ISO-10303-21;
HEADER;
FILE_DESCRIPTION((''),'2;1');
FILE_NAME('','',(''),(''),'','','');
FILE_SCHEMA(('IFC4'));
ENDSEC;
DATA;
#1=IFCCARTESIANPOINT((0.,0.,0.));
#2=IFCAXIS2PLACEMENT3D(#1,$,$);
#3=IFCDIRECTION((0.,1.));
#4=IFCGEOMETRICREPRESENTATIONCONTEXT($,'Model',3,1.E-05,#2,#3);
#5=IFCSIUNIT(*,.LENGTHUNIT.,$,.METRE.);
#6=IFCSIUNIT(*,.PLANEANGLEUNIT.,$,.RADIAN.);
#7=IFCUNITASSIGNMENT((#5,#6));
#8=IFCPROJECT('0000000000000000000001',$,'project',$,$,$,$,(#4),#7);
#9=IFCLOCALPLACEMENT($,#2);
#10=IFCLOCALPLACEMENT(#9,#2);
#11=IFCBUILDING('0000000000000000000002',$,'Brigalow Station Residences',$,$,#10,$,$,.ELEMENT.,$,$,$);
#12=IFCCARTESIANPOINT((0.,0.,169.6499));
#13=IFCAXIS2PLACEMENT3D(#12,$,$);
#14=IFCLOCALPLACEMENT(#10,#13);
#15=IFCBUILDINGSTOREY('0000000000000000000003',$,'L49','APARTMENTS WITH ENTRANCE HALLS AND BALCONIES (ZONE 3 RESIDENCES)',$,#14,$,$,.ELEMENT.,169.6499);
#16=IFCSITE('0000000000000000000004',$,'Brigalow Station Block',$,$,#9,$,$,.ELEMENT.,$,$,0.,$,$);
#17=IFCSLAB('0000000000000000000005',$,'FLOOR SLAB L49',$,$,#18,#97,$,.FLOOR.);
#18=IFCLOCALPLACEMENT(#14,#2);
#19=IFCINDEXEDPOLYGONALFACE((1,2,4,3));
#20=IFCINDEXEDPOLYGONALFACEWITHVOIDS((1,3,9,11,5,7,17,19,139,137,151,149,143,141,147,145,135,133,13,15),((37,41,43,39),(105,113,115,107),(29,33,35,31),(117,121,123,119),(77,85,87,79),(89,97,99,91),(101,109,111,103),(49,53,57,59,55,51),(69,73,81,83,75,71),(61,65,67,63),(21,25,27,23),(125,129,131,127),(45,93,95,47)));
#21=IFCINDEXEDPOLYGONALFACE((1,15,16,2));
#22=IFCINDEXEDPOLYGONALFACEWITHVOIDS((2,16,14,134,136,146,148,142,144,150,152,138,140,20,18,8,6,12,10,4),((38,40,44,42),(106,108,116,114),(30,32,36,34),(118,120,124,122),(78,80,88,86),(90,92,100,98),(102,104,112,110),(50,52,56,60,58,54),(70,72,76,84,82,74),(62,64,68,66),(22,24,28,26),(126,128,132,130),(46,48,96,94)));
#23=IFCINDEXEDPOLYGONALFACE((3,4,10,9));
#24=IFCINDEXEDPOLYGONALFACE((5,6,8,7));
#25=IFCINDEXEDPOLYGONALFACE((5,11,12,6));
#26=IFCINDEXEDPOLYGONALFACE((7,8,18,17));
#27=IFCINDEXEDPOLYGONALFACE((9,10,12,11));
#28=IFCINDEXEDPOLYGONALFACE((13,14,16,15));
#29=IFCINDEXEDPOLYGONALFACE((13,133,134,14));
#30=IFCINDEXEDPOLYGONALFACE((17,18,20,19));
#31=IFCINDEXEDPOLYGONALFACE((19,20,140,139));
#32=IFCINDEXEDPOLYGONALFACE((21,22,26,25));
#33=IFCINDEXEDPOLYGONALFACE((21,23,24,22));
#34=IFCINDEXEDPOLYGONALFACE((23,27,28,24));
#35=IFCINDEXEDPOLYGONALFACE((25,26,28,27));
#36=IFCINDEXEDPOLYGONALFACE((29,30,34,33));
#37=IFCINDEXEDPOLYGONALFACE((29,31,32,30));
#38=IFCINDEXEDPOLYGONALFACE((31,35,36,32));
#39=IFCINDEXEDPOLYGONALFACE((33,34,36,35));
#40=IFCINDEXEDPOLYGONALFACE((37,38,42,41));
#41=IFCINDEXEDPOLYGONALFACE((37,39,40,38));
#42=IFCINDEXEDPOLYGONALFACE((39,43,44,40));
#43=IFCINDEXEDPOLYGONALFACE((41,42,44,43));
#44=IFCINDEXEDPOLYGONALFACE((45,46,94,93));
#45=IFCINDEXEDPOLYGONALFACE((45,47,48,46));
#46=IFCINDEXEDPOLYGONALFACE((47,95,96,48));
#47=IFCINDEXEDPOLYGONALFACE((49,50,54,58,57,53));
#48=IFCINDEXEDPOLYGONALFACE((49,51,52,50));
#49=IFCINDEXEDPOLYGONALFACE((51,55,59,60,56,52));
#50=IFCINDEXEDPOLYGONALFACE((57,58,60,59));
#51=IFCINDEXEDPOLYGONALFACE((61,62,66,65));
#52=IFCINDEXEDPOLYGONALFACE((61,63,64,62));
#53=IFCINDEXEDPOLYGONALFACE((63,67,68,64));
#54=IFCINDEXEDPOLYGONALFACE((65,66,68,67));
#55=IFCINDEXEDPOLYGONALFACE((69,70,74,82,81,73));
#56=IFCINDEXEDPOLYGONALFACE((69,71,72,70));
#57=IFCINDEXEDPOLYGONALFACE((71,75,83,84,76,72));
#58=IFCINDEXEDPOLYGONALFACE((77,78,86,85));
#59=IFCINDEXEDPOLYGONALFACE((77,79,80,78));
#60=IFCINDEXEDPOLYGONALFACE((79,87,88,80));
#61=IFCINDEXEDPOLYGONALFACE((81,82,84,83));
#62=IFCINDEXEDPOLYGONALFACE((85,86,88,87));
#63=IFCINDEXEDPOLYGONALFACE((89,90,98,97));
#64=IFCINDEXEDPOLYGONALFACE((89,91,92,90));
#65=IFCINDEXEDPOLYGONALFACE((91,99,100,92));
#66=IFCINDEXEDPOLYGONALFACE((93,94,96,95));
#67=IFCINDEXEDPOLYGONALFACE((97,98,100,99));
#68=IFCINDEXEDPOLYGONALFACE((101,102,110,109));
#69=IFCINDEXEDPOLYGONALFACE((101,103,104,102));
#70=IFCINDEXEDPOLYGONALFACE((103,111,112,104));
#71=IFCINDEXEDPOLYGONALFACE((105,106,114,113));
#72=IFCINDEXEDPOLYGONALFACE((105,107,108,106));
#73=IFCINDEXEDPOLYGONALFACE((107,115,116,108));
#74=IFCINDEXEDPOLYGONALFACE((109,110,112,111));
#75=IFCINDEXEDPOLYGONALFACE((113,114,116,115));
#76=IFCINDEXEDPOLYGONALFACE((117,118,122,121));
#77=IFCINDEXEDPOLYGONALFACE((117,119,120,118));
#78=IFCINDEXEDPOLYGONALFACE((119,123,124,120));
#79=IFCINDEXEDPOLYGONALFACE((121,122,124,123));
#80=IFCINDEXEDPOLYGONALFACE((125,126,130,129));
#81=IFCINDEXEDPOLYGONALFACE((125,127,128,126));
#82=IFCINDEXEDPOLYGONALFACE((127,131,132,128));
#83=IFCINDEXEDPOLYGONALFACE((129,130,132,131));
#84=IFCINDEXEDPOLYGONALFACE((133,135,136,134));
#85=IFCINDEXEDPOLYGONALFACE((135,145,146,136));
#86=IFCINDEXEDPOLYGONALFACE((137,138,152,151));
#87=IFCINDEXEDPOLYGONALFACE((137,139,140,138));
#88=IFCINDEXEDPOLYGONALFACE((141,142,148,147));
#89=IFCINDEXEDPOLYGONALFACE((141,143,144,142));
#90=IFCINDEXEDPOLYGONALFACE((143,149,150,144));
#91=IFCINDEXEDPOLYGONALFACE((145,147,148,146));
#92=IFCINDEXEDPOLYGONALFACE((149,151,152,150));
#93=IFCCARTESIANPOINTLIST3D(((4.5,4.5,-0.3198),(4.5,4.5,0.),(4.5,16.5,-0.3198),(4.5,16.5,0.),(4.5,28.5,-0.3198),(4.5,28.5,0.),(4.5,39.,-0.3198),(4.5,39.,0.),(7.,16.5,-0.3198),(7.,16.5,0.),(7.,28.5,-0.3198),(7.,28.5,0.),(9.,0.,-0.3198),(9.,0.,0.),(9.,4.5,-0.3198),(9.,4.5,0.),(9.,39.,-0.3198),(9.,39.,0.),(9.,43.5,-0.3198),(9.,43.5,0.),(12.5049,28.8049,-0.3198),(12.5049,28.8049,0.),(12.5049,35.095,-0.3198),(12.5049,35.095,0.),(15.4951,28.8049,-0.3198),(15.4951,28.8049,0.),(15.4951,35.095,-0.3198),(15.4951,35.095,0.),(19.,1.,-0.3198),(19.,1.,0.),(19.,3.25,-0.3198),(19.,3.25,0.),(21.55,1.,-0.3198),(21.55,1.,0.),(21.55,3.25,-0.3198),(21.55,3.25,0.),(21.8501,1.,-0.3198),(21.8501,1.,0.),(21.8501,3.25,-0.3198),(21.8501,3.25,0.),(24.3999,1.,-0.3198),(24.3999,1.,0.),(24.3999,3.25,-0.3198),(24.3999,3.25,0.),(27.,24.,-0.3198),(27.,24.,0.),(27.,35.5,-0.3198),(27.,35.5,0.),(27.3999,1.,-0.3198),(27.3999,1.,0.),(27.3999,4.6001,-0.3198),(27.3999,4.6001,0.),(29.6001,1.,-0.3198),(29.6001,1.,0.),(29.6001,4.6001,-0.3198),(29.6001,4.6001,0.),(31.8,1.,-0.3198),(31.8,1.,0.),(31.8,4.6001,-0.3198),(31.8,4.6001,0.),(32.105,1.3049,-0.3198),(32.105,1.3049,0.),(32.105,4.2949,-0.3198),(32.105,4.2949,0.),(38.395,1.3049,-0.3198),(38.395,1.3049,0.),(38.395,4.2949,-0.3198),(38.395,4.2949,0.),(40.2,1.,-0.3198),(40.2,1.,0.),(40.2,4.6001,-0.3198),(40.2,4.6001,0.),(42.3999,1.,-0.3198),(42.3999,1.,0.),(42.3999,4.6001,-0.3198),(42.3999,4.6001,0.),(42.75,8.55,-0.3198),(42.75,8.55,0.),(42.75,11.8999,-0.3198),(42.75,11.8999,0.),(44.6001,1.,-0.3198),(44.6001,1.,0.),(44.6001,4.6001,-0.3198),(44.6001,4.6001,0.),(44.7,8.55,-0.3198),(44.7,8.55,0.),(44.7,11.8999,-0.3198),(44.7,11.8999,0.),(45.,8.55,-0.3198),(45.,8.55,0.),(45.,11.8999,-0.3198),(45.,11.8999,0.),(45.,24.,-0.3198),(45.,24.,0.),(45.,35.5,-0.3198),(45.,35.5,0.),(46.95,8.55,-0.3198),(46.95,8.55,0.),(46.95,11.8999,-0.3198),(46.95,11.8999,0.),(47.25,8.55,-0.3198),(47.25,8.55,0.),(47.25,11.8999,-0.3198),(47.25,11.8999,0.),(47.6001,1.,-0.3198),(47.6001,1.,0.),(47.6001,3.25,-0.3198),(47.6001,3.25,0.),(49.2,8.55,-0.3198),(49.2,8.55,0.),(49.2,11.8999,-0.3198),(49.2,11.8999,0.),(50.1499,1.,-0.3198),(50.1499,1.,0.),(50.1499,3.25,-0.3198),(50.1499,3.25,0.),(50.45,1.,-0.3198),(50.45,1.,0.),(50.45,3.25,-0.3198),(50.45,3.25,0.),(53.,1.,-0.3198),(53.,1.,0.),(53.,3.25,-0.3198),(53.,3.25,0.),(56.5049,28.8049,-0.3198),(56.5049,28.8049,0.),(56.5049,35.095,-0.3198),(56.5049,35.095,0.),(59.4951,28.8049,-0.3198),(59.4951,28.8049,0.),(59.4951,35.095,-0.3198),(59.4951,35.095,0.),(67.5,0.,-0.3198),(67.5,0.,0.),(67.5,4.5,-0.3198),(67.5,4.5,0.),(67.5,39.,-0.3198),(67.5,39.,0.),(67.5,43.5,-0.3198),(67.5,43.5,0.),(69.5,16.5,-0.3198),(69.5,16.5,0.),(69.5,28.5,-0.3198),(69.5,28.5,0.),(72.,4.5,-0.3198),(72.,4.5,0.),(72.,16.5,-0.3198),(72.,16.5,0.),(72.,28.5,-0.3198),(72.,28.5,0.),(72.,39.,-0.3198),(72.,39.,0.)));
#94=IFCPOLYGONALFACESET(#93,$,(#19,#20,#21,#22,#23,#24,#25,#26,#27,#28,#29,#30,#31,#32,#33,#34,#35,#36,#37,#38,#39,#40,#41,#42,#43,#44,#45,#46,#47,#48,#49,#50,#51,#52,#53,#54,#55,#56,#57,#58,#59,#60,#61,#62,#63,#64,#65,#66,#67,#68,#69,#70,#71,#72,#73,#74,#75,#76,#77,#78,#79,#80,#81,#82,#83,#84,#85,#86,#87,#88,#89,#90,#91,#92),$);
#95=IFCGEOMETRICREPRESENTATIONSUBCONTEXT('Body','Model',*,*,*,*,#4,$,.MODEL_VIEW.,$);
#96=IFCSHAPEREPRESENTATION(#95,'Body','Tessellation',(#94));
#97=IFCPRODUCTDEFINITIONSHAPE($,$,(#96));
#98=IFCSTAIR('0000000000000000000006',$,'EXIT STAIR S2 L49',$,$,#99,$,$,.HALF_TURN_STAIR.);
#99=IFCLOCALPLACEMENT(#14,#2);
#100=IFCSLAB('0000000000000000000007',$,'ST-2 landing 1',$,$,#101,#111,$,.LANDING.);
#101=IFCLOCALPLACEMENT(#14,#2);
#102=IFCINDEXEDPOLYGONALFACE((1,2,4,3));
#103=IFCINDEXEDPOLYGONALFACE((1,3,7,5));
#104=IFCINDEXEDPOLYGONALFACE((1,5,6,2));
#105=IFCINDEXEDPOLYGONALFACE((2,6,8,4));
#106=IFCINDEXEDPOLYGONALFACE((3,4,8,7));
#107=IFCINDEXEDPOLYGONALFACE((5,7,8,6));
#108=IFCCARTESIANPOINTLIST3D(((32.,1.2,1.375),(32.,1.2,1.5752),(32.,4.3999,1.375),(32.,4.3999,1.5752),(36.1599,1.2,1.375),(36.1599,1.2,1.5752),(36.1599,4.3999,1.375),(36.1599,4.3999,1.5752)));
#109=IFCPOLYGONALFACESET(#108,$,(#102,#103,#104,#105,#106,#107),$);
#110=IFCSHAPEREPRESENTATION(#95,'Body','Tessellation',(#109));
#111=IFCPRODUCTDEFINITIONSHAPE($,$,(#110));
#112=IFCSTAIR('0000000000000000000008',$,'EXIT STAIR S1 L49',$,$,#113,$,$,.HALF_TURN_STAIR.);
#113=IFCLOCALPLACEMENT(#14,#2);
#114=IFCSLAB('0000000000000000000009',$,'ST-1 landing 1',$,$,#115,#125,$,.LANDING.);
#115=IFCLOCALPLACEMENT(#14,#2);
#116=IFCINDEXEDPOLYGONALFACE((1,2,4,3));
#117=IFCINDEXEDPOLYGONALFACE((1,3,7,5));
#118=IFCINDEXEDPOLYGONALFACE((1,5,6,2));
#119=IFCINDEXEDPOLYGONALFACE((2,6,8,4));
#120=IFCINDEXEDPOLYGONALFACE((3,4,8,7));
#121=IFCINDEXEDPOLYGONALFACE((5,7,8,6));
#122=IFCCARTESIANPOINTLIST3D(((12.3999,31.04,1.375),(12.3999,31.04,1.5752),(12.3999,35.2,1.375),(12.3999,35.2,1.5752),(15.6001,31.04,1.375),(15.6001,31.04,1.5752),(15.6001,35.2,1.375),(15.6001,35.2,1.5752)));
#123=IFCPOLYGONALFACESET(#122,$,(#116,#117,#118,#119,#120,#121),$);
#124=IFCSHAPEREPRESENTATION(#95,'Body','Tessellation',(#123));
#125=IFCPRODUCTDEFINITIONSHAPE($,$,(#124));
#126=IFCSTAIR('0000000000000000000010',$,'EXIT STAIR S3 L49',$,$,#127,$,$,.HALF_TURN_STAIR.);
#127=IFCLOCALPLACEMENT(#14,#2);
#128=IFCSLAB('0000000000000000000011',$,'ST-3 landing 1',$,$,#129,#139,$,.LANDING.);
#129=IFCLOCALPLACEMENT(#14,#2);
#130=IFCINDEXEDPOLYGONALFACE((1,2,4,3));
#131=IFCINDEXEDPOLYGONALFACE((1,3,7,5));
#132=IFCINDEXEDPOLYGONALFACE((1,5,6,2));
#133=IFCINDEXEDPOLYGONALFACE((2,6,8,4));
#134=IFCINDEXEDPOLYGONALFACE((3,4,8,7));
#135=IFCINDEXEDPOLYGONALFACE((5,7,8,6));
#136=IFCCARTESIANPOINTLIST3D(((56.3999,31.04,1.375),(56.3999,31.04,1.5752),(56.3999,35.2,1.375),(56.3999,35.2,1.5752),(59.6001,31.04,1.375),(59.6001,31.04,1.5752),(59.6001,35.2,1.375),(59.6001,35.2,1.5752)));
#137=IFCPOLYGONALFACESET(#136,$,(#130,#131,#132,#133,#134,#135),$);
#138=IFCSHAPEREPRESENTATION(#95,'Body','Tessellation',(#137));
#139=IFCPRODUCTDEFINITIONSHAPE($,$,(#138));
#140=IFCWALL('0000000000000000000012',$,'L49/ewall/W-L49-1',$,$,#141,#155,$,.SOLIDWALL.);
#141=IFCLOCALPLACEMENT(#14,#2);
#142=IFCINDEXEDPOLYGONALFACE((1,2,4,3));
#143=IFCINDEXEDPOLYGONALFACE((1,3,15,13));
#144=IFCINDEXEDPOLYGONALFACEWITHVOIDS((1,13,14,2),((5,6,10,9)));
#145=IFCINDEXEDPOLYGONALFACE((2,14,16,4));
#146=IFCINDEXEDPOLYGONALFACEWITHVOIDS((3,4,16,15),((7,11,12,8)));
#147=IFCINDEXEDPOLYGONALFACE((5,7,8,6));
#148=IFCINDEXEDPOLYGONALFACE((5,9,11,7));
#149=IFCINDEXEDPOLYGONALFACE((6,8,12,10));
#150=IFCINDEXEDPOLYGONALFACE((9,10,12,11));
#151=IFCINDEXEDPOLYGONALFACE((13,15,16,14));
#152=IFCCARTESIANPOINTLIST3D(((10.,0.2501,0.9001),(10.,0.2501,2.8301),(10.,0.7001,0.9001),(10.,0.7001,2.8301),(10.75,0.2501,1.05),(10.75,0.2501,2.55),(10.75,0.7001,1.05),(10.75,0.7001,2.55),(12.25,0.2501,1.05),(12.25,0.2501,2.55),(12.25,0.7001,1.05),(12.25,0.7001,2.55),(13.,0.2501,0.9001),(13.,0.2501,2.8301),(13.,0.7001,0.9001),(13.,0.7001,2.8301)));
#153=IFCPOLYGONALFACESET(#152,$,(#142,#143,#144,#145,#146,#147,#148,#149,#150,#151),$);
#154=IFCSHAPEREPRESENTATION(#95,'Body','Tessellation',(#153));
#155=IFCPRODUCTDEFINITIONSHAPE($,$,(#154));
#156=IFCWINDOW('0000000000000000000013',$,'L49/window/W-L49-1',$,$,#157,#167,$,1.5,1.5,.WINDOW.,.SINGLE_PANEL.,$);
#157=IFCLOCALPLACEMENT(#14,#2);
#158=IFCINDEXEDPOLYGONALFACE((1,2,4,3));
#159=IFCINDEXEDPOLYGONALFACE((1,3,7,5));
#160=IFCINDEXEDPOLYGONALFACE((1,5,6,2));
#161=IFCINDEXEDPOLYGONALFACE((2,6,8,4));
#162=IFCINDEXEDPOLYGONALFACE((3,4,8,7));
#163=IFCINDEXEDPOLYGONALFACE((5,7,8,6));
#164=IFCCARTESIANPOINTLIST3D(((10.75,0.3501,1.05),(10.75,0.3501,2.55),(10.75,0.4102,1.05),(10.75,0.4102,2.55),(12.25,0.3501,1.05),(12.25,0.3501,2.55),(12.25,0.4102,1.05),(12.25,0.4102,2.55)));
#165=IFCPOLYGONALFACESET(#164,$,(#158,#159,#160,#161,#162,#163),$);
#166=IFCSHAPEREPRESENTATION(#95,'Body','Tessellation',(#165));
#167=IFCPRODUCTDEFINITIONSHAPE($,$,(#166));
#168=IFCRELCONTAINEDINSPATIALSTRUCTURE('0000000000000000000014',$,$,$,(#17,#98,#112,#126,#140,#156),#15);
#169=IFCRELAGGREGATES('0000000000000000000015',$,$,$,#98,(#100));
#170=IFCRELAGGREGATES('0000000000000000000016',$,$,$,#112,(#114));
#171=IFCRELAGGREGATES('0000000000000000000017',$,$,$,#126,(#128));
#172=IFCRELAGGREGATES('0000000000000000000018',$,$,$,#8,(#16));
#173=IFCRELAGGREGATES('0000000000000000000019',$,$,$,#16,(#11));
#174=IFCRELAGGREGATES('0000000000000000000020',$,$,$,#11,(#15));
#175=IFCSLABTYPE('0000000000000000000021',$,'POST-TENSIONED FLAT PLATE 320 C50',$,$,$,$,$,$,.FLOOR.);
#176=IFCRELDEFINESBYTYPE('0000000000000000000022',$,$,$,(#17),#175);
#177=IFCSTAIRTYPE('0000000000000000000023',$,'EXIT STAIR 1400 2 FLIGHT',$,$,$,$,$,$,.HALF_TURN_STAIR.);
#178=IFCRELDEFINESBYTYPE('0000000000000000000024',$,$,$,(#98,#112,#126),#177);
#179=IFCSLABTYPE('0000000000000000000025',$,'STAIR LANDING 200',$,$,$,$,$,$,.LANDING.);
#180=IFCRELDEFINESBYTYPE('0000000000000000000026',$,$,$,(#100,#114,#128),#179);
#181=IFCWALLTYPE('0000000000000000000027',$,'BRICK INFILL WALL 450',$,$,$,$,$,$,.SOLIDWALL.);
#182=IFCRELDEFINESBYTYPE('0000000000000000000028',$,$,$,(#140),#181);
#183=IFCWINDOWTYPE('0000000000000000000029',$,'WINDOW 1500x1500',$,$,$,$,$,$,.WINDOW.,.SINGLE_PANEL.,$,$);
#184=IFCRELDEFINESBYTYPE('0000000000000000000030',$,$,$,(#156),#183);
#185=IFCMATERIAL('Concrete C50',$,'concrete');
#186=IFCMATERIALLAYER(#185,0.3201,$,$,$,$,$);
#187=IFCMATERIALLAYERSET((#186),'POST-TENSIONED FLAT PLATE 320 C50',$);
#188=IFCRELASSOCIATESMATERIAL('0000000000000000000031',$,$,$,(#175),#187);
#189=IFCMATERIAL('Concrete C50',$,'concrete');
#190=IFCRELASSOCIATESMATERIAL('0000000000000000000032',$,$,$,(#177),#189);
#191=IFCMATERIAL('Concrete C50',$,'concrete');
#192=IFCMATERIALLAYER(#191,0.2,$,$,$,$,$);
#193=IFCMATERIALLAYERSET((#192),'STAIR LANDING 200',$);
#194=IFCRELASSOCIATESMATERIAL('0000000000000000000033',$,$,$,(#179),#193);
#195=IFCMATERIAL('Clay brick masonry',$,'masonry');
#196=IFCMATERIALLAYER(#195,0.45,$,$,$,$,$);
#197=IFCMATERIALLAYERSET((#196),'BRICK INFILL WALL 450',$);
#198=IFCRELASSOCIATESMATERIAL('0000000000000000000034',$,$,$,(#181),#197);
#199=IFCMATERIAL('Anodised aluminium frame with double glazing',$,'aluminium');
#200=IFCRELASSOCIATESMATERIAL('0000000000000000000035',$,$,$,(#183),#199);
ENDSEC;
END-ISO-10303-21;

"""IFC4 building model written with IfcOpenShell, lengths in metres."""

from ifc_helpers import new_model, si_unit, direction, frame, frame_2d, origin, place, context, subcontext, project, spatial, polyline, rectangle, outline, extrude, material, layer, layer_set, type_object, element, fill, aggregate, save


model = new_model("IFC4")

# Units and contexts
model_context = context("Model", 3, precision=1e-05, world=origin(), true_north=direction((0.0, 1.0)))
body_context = subcontext(model_context, "Body", "Model", "MODEL_VIEW")
ifc_project = project(units=[si_unit("LENGTHUNIT", "METRE"), si_unit("PLANEANGLEUNIT", "RADIAN")], contexts=[model_context])

# Site, building, storey
site_placement = place(None, origin())
site = spatial("IfcSite", under=ifc_project, at=site_placement, Name="Brigalow Station Block", CompositionType="ELEMENT", RefElevation=0.0)
building_placement = place(site_placement, origin())
building = spatial("IfcBuilding", under=site, at=building_placement, Name="Brigalow Station Residences", CompositionType="ELEMENT")
storey_placement = place(building_placement, frame((0.0, 0.0, 169.6499)))
storey = spatial("IfcBuildingStorey", under=building, at=storey_placement, Name="L49", Description="APARTMENTS WITH ENTRANCE HALLS AND BALCONIES (ZONE 3 RESIDENCES)", CompositionType="ELEMENT", Elevation=169.6499)

# Slab
ifc_material_1 = material(Name="Concrete C50", Category="concrete")
ifc_layer_1 = layer(ifc_material_1, 0.3201)
ifc_layer_set_1 = layer_set([ifc_layer_1], Name="POST-TENSIONED FLAT PLATE 320 C50")
slab_type_1 = type_object("IfcSlabType", Name="POST-TENSIONED FLAT PLATE 320 C50", PredefinedType="FLOOR", material=ifc_layer_set_1)
slab_1_placement = place(storey_placement, frame((0.0, 0.0, -0.3198)))
element("IfcSlab", 1, at=slab_1_placement, inside=storey, type_object=slab_type_1, Name="FLOOR SLAB L49", PredefinedType="FLOOR", context=body_context, shape_type="SweptSolid", body=[
    extrude(outline(polyline([(9.0, 0.0), (67.5, 0.0), (67.5, 4.5), (72.0, 4.5), (72.0, 16.5), (69.5, 16.5), (69.5, 28.5), (72.0, 28.5), (72.0, 39.0), (67.5, 39.0), (67.5, 43.5), (9.0, 43.5), (9.0, 39.0), (4.5, 39.0), (4.5, 28.5), (7.0, 28.5), (7.0, 16.5), (4.5, 16.5), (4.5, 4.5), (9.0, 4.5), (9.0, 0.0)]), holes=[polyline([(12.5049, 35.095), (15.4951, 35.095), (15.4951, 28.8049), (12.5049, 28.8049), (12.5049, 35.095)]), polyline([(19.0, 1.0), (19.0, 3.25), (21.55, 3.25), (21.55, 1.0), (19.0, 1.0)]), polyline([(21.8501, 3.25), (24.3999, 3.25), (24.3999, 1.0), (21.8501, 1.0), (21.8501, 3.25)]), polyline([(27.0, 35.5), (45.0, 35.5), (45.0, 24.0), (27.0, 24.0), (27.0, 35.5)]), polyline([(29.6001, 4.6001), (31.8, 4.6001), (31.8, 1.0), (29.6001, 1.0), (27.3999, 1.0), (27.3999, 4.6001), (29.6001, 4.6001)]), polyline([(32.105, 4.2949), (38.395, 4.2949), (38.395, 1.3049), (32.105, 1.3049), (32.105, 4.2949)]), polyline([(40.2, 4.6001), (42.3999, 4.6001), (44.6001, 4.6001), (44.6001, 1.0), (42.3999, 1.0), (40.2, 1.0), (40.2, 4.6001)]), polyline([(42.75, 11.8999), (44.7, 11.8999), (44.7, 8.55), (42.75, 8.55), (42.75, 11.8999)]), polyline([(45.0, 11.8999), (46.95, 11.8999), (46.95, 8.55), (45.0, 8.55), (45.0, 11.8999)]), polyline([(47.25, 11.8999), (49.2, 11.8999), (49.2, 8.55), (47.25, 8.55), (47.25, 11.8999)]), polyline([(47.6001, 3.25), (50.1499, 3.25), (50.1499, 1.0), (47.6001, 1.0), (47.6001, 3.25)]), polyline([(50.45, 3.25), (53.0, 3.25), (53.0, 1.0), (50.45, 1.0), (50.45, 3.25)]), polyline([(56.5049, 35.095), (59.4951, 35.095), (59.4951, 28.8049), (56.5049, 28.8049), (56.5049, 35.095)])]), origin(), (0.0, 0.0, 1.0), 0.3198),
])

# Stairs, slabs
ifc_material_2 = material(Name="Concrete C50", Category="concrete")
stair_type = type_object("IfcStairType", Name="EXIT STAIR 1400 2 FLIGHT", PredefinedType="HALF_TURN_STAIR", material=ifc_material_2)
stair_1_placement = place(storey_placement, origin())
stair_1 = element("IfcStair", 2, at=stair_1_placement, inside=storey, type_object=stair_type, Name="EXIT STAIR S2 L49", PredefinedType="HALF_TURN_STAIR")
ifc_material_3 = material(Name="Concrete C50", Category="concrete")
ifc_layer_2 = layer(ifc_material_3, 0.2)
ifc_layer_set_2 = layer_set([ifc_layer_2], Name="STAIR LANDING 200")
slab_type_2 = type_object("IfcSlabType", Name="STAIR LANDING 200", PredefinedType="LANDING", material=ifc_layer_set_2)
slab_2_placement = place(storey_placement, frame((0.0, 0.0, 1.375)))
slab_2 = element("IfcSlab", 3, at=slab_2_placement, type_object=slab_type_2, Name="ST-2 landing 1", PredefinedType="LANDING", context=body_context, shape_type="SweptSolid", body=[
    extrude(outline(polyline([(32.0, 1.2), (36.1599, 1.2), (36.1599, 4.3999), (32.0, 4.3999), (32.0, 1.2)])), origin(), (0.0, 0.0, 1.0), 0.2002),
])
aggregate(stair_1, [slab_2])
stair_2_placement = place(storey_placement, origin())
stair_2 = element("IfcStair", 4, at=stair_2_placement, inside=storey, type_object=stair_type, Name="EXIT STAIR S1 L49", PredefinedType="HALF_TURN_STAIR")
slab_3_placement = place(storey_placement, frame((0.0, 0.0, 1.375)))
slab_3 = element("IfcSlab", 5, at=slab_3_placement, type_object=slab_type_2, Name="ST-1 landing 1", PredefinedType="LANDING", context=body_context, shape_type="SweptSolid", body=[
    extrude(outline(polyline([(12.3999, 31.04), (15.6001, 31.04), (15.6001, 35.2), (12.3999, 35.2), (12.3999, 31.04)])), origin(), (0.0, 0.0, 1.0), 0.2002),
])
aggregate(stair_2, [slab_3])
stair_3_placement = place(storey_placement, origin())
stair_3 = element("IfcStair", 6, at=stair_3_placement, inside=storey, type_object=stair_type, Name="EXIT STAIR S3 L49", PredefinedType="HALF_TURN_STAIR")
slab_4_placement = place(storey_placement, frame((0.0, 0.0, 1.375)))
slab_4 = element("IfcSlab", 7, at=slab_4_placement, type_object=slab_type_2, Name="ST-3 landing 1", PredefinedType="LANDING", context=body_context, shape_type="SweptSolid", body=[
    extrude(outline(polyline([(56.3999, 31.04), (59.6001, 31.04), (59.6001, 35.2), (56.3999, 35.2), (56.3999, 31.04)])), origin(), (0.0, 0.0, 1.0), 0.2002),
])
aggregate(stair_3, [slab_4])

# Wall, opening, window
ifc_material_4 = material(Name="Clay brick masonry", Category="masonry")
ifc_layer_3 = layer(ifc_material_4, 0.45)
ifc_layer_set_3 = layer_set([ifc_layer_3], Name="BRICK INFILL WALL 450")
wall_type = type_object("IfcWallType", Name="BRICK INFILL WALL 450", PredefinedType="SOLIDWALL", material=ifc_layer_set_3)
wall_1_placement = place(storey_placement, frame((10.0, 0.4751, 0.9001), z_axis=(0.0, 0.0, 1.0), x_axis=(1.0, 0.0, 0.0)))
wall_1 = element("IfcWall", 8, at=wall_1_placement, inside=storey, type_object=wall_type, Name="L49/ewall/W-L49-1", PredefinedType="SOLIDWALL", context=body_context, shape_type="SweptSolid", body=[
    extrude(rectangle(XDim=3.0, YDim=0.45, at=frame_2d((1.5, 0.0))), origin(), (0.0, 0.0, 1.0), 1.9299),
])
opening_1_placement = place(wall_1_placement, frame((0.75, 0.0, 0.1499)))
opening_1 = element("IfcOpeningElement", 9, at=opening_1_placement, cuts=wall_1, PredefinedType="OPENING", context=body_context, shape_type="SweptSolid", body=[
    extrude(rectangle(XDim=1.5, YDim=1.5, at=frame_2d((0.75, 0.75))), frame((0.0, 0.2349, 0.0), z_axis=(0.0, -1.0, 0.0), x_axis=(1.0, 0.0, 0.0)), (0.0, 0.0, 1.0), 0.47),
])
ifc_material_5 = material(Name="Anodised aluminium frame with double glazing", Category="aluminium")
window_type_1 = type_object("IfcWindowType", Name="WINDOW 1500x1500", PartitioningType="SINGLE_PANEL", PredefinedType="WINDOW", material=ifc_material_5)
window_1_placement = place(opening_1_placement, origin())
window_1 = element("IfcWindow", 10, at=window_1_placement, inside=storey, type_object=window_type_1, Name="L49/window/W-L49-1", OverallHeight=1.5, OverallWidth=1.5, PartitioningType="SINGLE_PANEL", PredefinedType="WINDOW", context=body_context, shape_type="SweptSolid", body=[
    extrude(rectangle(XDim=1.5, YDim=1.5, at=frame_2d((0.75, 0.75))), frame((0.0, -0.0649, 0.0), z_axis=(0.0, -1.0, 0.0), x_axis=(1.0, 0.0, 0.0)), (0.0, 0.0, 1.0), 0.0601),
])
fill(opening_1, window_1)

save(model, "model.ifc")
